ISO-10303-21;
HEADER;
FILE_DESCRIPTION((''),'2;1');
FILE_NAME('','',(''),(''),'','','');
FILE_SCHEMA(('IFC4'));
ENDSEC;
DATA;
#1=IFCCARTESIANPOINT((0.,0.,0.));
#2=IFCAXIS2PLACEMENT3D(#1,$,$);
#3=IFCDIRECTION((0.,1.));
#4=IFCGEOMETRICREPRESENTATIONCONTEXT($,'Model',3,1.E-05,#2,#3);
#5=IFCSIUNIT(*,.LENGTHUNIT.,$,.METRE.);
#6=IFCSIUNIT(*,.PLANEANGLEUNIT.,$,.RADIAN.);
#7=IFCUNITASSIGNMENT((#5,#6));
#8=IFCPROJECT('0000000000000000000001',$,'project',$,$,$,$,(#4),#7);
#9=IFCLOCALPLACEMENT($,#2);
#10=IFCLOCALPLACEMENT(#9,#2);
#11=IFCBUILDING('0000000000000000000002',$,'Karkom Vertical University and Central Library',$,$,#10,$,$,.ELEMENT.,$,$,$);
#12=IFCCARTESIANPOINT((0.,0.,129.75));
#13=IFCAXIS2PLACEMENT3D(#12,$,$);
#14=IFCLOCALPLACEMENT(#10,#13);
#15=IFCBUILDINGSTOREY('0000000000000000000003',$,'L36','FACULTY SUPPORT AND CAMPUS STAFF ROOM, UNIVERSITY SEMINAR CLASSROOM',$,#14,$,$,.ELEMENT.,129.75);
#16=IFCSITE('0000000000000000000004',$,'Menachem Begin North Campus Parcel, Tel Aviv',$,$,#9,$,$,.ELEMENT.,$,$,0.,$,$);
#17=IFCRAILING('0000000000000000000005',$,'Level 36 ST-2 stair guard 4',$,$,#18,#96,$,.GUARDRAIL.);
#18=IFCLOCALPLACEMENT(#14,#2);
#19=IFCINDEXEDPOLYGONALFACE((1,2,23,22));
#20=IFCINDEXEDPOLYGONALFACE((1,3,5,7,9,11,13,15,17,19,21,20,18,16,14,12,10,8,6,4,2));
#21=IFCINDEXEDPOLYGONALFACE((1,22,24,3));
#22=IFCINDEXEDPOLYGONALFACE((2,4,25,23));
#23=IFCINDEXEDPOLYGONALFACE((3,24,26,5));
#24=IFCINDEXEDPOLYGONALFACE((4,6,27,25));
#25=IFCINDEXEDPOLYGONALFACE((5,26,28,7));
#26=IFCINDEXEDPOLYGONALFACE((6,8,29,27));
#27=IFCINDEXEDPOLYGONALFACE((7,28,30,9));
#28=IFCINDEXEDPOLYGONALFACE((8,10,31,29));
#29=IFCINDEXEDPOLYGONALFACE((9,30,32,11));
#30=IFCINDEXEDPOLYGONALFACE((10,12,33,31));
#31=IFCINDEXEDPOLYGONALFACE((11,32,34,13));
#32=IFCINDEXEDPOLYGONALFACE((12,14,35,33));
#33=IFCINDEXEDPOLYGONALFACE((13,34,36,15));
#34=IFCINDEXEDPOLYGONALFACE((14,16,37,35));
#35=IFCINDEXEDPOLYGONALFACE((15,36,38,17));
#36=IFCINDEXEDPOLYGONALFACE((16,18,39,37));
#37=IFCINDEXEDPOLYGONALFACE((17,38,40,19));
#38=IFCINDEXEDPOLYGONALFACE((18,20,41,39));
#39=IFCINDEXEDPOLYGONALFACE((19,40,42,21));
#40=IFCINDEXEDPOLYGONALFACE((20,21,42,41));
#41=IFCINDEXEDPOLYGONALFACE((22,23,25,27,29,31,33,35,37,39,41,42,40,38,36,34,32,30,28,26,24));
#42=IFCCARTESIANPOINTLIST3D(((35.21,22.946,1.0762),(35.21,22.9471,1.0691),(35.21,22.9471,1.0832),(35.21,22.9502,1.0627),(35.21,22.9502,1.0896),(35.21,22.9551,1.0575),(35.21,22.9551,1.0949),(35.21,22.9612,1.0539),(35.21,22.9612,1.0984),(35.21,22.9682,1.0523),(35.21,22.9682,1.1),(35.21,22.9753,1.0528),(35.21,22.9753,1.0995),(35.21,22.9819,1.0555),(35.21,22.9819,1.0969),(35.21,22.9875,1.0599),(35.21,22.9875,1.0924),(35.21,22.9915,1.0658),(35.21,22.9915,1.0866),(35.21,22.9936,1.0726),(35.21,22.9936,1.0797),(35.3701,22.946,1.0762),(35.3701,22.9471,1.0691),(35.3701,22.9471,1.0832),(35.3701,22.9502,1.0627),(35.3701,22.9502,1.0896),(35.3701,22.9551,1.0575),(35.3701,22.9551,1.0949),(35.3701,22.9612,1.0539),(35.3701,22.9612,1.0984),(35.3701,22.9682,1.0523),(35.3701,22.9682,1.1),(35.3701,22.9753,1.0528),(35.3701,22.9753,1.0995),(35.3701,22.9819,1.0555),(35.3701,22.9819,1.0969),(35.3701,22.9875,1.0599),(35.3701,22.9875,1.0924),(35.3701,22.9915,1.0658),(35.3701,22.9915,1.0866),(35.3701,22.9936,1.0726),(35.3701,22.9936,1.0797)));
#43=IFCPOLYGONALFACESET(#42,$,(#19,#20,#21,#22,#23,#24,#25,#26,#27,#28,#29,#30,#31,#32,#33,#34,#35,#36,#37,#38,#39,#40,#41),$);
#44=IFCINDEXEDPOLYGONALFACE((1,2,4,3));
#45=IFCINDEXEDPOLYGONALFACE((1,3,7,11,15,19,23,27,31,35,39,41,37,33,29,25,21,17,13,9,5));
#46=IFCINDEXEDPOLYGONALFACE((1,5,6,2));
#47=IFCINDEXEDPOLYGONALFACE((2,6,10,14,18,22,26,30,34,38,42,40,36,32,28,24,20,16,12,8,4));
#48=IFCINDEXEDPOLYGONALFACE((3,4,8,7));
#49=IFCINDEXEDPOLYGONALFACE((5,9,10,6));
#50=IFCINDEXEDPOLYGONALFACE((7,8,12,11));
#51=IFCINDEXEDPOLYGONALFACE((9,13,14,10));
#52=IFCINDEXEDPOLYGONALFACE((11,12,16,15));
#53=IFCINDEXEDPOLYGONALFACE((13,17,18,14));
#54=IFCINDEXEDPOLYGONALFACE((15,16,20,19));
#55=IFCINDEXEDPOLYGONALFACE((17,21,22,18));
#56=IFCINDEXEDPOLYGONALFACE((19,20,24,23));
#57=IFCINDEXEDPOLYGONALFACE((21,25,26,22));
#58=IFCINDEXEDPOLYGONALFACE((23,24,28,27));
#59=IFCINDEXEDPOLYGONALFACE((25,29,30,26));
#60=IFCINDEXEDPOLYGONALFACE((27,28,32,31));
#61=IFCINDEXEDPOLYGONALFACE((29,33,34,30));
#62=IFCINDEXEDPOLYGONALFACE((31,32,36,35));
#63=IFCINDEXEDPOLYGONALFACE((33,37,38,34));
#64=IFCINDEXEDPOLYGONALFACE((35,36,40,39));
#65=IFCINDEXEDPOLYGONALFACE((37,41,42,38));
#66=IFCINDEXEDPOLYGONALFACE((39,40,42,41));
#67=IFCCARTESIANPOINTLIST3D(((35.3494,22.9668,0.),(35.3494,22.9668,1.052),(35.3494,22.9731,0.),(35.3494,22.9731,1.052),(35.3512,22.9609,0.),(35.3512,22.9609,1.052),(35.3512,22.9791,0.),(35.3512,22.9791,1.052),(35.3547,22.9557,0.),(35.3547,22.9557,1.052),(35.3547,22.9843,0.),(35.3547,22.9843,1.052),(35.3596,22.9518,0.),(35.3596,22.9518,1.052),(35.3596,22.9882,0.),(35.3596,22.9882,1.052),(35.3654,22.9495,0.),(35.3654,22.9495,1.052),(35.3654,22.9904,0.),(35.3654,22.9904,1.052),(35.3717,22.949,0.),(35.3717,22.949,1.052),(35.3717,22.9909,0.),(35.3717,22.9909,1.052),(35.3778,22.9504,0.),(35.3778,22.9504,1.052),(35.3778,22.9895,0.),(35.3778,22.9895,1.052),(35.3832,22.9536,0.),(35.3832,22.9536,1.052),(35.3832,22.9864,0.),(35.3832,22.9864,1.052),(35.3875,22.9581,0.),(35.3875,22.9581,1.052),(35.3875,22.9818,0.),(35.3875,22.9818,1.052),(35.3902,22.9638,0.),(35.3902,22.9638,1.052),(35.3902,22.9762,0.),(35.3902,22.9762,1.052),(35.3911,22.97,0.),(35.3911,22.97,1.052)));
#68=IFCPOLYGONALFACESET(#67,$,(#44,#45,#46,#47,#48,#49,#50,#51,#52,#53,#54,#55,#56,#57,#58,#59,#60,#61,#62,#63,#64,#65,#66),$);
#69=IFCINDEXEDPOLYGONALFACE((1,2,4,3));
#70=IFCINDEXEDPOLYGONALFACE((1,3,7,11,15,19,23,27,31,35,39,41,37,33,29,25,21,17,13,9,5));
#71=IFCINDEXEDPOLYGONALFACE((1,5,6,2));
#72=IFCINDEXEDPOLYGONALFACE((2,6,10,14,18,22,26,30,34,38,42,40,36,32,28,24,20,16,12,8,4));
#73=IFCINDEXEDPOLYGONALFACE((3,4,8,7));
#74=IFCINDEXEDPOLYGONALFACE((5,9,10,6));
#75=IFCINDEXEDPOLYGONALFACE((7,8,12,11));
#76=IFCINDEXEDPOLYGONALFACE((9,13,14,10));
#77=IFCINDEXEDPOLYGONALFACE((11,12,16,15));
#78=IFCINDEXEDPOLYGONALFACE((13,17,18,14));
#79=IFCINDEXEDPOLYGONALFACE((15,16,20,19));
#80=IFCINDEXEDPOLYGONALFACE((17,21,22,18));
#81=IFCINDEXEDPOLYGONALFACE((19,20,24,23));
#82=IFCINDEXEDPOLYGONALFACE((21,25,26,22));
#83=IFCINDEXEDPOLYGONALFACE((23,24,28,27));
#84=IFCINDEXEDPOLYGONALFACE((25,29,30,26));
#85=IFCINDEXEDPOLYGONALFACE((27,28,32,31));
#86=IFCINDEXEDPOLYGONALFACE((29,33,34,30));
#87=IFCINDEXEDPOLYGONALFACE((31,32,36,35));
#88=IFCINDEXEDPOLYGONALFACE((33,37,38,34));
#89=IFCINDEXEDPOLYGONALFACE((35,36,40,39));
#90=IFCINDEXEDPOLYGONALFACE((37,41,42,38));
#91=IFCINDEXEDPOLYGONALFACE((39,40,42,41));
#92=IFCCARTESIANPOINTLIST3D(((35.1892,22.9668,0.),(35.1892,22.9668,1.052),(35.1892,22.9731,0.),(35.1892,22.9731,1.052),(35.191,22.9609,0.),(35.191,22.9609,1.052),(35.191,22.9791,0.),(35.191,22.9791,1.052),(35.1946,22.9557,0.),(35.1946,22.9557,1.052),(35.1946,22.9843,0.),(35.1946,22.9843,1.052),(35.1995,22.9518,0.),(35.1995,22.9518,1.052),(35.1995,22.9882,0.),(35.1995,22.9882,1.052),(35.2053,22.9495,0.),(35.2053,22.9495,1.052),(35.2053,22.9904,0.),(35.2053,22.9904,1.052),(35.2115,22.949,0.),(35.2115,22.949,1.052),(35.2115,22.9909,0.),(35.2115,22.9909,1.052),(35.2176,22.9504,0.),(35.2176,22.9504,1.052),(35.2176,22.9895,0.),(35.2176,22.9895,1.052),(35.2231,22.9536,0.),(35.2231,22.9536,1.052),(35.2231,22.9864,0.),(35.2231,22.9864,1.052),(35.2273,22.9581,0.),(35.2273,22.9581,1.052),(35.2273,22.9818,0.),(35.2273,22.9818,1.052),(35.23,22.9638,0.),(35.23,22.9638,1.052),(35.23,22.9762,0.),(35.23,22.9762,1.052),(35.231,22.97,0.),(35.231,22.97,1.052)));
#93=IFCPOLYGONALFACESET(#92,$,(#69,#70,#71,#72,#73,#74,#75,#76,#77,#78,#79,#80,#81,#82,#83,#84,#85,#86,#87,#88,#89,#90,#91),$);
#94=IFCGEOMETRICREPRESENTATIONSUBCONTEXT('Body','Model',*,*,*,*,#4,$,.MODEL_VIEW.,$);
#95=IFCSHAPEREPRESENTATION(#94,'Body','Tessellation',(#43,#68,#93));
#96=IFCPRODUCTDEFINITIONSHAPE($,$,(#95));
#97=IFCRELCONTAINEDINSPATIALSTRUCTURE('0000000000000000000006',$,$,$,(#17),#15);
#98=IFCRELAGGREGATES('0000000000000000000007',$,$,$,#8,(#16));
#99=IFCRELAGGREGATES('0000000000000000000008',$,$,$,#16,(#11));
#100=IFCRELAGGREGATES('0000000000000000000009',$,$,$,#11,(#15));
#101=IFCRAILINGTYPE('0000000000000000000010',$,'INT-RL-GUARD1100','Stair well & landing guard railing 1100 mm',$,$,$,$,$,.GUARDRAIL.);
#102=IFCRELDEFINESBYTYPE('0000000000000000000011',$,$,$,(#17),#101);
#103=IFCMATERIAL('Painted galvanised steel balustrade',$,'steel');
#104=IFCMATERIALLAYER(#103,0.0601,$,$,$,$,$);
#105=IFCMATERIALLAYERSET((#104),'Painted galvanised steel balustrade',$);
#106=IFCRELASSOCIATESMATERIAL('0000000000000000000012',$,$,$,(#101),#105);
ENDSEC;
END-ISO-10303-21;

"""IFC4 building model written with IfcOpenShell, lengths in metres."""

from ifc_helpers import new_model, si_unit, direction, frame, origin, origin_2d, place, context, subcontext, project, spatial, circle, extrude, material, layer, layer_set, type_object, element, save


model = new_model("IFC4")

# Units and contexts
model_context = context("Model", 3, precision=1e-05, world=origin(), true_north=direction((0.0, 1.0)))
body_context = subcontext(model_context, "Body", "Model", "MODEL_VIEW")
ifc_project = project(units=[si_unit("LENGTHUNIT", "METRE"), si_unit("PLANEANGLEUNIT", "RADIAN")], contexts=[model_context])

# Site, building, storey
site_placement = place(None, origin())
site = spatial("IfcSite", under=ifc_project, at=site_placement, Name="Menachem Begin North Campus Parcel, Tel Aviv", CompositionType="ELEMENT", RefElevation=0.0)
building_placement = place(site_placement, origin())
building = spatial("IfcBuilding", under=site, at=building_placement, Name="Karkom Vertical University and Central Library", CompositionType="ELEMENT")
storey_placement = place(building_placement, frame((0.0, 0.0, 129.75)))
storey = spatial("IfcBuildingStorey", under=building, at=storey_placement, Name="L36", Description="FACULTY SUPPORT AND CAMPUS STAFF ROOM, UNIVERSITY SEMINAR CLASSROOM", CompositionType="ELEMENT", Elevation=129.75)

# Railing
ifc_material_1 = material(Name="Painted galvanised steel balustrade", Category="steel")
ifc_layer_1 = layer(ifc_material_1, 0.0601)
ifc_layer_set_1 = layer_set([ifc_layer_1], Name="Painted galvanised steel balustrade")
railing_type_1 = type_object("IfcRailingType", Name="INT-RL-GUARD1100", Description="Stair well & landing guard railing 1100 mm", PredefinedType="GUARDRAIL", material=ifc_layer_set_1)
railing_1_placement = place(storey_placement, frame((35.3701, 22.97, 0.0)))
element("IfcRailing", 1, at=railing_1_placement, inside=storey, type_object=railing_type_1, Name="Level 36 ST-2 stair guard 4", PredefinedType="GUARDRAIL", context=body_context, shape_type="SweptSolid", body=[
    extrude(circle(Radius=0.0239, at=origin_2d()), frame((0.0, 0.0, 1.0762), z_axis=(-1.0, 0.0, 0.0), x_axis=(0.0, -1.0, 0.0)), (0.0, 0.0, 1.0), 0.1602),
    extrude(circle(Radius=0.021, at=origin_2d()), origin(), (0.0, 0.0, 1.0), 1.052),
    extrude(circle(Radius=0.021, at=origin_2d()), frame((-0.1602, 0.0, 0.0)), (0.0, 0.0, 1.0), 1.052),
])

save(model, "model.ifc")
